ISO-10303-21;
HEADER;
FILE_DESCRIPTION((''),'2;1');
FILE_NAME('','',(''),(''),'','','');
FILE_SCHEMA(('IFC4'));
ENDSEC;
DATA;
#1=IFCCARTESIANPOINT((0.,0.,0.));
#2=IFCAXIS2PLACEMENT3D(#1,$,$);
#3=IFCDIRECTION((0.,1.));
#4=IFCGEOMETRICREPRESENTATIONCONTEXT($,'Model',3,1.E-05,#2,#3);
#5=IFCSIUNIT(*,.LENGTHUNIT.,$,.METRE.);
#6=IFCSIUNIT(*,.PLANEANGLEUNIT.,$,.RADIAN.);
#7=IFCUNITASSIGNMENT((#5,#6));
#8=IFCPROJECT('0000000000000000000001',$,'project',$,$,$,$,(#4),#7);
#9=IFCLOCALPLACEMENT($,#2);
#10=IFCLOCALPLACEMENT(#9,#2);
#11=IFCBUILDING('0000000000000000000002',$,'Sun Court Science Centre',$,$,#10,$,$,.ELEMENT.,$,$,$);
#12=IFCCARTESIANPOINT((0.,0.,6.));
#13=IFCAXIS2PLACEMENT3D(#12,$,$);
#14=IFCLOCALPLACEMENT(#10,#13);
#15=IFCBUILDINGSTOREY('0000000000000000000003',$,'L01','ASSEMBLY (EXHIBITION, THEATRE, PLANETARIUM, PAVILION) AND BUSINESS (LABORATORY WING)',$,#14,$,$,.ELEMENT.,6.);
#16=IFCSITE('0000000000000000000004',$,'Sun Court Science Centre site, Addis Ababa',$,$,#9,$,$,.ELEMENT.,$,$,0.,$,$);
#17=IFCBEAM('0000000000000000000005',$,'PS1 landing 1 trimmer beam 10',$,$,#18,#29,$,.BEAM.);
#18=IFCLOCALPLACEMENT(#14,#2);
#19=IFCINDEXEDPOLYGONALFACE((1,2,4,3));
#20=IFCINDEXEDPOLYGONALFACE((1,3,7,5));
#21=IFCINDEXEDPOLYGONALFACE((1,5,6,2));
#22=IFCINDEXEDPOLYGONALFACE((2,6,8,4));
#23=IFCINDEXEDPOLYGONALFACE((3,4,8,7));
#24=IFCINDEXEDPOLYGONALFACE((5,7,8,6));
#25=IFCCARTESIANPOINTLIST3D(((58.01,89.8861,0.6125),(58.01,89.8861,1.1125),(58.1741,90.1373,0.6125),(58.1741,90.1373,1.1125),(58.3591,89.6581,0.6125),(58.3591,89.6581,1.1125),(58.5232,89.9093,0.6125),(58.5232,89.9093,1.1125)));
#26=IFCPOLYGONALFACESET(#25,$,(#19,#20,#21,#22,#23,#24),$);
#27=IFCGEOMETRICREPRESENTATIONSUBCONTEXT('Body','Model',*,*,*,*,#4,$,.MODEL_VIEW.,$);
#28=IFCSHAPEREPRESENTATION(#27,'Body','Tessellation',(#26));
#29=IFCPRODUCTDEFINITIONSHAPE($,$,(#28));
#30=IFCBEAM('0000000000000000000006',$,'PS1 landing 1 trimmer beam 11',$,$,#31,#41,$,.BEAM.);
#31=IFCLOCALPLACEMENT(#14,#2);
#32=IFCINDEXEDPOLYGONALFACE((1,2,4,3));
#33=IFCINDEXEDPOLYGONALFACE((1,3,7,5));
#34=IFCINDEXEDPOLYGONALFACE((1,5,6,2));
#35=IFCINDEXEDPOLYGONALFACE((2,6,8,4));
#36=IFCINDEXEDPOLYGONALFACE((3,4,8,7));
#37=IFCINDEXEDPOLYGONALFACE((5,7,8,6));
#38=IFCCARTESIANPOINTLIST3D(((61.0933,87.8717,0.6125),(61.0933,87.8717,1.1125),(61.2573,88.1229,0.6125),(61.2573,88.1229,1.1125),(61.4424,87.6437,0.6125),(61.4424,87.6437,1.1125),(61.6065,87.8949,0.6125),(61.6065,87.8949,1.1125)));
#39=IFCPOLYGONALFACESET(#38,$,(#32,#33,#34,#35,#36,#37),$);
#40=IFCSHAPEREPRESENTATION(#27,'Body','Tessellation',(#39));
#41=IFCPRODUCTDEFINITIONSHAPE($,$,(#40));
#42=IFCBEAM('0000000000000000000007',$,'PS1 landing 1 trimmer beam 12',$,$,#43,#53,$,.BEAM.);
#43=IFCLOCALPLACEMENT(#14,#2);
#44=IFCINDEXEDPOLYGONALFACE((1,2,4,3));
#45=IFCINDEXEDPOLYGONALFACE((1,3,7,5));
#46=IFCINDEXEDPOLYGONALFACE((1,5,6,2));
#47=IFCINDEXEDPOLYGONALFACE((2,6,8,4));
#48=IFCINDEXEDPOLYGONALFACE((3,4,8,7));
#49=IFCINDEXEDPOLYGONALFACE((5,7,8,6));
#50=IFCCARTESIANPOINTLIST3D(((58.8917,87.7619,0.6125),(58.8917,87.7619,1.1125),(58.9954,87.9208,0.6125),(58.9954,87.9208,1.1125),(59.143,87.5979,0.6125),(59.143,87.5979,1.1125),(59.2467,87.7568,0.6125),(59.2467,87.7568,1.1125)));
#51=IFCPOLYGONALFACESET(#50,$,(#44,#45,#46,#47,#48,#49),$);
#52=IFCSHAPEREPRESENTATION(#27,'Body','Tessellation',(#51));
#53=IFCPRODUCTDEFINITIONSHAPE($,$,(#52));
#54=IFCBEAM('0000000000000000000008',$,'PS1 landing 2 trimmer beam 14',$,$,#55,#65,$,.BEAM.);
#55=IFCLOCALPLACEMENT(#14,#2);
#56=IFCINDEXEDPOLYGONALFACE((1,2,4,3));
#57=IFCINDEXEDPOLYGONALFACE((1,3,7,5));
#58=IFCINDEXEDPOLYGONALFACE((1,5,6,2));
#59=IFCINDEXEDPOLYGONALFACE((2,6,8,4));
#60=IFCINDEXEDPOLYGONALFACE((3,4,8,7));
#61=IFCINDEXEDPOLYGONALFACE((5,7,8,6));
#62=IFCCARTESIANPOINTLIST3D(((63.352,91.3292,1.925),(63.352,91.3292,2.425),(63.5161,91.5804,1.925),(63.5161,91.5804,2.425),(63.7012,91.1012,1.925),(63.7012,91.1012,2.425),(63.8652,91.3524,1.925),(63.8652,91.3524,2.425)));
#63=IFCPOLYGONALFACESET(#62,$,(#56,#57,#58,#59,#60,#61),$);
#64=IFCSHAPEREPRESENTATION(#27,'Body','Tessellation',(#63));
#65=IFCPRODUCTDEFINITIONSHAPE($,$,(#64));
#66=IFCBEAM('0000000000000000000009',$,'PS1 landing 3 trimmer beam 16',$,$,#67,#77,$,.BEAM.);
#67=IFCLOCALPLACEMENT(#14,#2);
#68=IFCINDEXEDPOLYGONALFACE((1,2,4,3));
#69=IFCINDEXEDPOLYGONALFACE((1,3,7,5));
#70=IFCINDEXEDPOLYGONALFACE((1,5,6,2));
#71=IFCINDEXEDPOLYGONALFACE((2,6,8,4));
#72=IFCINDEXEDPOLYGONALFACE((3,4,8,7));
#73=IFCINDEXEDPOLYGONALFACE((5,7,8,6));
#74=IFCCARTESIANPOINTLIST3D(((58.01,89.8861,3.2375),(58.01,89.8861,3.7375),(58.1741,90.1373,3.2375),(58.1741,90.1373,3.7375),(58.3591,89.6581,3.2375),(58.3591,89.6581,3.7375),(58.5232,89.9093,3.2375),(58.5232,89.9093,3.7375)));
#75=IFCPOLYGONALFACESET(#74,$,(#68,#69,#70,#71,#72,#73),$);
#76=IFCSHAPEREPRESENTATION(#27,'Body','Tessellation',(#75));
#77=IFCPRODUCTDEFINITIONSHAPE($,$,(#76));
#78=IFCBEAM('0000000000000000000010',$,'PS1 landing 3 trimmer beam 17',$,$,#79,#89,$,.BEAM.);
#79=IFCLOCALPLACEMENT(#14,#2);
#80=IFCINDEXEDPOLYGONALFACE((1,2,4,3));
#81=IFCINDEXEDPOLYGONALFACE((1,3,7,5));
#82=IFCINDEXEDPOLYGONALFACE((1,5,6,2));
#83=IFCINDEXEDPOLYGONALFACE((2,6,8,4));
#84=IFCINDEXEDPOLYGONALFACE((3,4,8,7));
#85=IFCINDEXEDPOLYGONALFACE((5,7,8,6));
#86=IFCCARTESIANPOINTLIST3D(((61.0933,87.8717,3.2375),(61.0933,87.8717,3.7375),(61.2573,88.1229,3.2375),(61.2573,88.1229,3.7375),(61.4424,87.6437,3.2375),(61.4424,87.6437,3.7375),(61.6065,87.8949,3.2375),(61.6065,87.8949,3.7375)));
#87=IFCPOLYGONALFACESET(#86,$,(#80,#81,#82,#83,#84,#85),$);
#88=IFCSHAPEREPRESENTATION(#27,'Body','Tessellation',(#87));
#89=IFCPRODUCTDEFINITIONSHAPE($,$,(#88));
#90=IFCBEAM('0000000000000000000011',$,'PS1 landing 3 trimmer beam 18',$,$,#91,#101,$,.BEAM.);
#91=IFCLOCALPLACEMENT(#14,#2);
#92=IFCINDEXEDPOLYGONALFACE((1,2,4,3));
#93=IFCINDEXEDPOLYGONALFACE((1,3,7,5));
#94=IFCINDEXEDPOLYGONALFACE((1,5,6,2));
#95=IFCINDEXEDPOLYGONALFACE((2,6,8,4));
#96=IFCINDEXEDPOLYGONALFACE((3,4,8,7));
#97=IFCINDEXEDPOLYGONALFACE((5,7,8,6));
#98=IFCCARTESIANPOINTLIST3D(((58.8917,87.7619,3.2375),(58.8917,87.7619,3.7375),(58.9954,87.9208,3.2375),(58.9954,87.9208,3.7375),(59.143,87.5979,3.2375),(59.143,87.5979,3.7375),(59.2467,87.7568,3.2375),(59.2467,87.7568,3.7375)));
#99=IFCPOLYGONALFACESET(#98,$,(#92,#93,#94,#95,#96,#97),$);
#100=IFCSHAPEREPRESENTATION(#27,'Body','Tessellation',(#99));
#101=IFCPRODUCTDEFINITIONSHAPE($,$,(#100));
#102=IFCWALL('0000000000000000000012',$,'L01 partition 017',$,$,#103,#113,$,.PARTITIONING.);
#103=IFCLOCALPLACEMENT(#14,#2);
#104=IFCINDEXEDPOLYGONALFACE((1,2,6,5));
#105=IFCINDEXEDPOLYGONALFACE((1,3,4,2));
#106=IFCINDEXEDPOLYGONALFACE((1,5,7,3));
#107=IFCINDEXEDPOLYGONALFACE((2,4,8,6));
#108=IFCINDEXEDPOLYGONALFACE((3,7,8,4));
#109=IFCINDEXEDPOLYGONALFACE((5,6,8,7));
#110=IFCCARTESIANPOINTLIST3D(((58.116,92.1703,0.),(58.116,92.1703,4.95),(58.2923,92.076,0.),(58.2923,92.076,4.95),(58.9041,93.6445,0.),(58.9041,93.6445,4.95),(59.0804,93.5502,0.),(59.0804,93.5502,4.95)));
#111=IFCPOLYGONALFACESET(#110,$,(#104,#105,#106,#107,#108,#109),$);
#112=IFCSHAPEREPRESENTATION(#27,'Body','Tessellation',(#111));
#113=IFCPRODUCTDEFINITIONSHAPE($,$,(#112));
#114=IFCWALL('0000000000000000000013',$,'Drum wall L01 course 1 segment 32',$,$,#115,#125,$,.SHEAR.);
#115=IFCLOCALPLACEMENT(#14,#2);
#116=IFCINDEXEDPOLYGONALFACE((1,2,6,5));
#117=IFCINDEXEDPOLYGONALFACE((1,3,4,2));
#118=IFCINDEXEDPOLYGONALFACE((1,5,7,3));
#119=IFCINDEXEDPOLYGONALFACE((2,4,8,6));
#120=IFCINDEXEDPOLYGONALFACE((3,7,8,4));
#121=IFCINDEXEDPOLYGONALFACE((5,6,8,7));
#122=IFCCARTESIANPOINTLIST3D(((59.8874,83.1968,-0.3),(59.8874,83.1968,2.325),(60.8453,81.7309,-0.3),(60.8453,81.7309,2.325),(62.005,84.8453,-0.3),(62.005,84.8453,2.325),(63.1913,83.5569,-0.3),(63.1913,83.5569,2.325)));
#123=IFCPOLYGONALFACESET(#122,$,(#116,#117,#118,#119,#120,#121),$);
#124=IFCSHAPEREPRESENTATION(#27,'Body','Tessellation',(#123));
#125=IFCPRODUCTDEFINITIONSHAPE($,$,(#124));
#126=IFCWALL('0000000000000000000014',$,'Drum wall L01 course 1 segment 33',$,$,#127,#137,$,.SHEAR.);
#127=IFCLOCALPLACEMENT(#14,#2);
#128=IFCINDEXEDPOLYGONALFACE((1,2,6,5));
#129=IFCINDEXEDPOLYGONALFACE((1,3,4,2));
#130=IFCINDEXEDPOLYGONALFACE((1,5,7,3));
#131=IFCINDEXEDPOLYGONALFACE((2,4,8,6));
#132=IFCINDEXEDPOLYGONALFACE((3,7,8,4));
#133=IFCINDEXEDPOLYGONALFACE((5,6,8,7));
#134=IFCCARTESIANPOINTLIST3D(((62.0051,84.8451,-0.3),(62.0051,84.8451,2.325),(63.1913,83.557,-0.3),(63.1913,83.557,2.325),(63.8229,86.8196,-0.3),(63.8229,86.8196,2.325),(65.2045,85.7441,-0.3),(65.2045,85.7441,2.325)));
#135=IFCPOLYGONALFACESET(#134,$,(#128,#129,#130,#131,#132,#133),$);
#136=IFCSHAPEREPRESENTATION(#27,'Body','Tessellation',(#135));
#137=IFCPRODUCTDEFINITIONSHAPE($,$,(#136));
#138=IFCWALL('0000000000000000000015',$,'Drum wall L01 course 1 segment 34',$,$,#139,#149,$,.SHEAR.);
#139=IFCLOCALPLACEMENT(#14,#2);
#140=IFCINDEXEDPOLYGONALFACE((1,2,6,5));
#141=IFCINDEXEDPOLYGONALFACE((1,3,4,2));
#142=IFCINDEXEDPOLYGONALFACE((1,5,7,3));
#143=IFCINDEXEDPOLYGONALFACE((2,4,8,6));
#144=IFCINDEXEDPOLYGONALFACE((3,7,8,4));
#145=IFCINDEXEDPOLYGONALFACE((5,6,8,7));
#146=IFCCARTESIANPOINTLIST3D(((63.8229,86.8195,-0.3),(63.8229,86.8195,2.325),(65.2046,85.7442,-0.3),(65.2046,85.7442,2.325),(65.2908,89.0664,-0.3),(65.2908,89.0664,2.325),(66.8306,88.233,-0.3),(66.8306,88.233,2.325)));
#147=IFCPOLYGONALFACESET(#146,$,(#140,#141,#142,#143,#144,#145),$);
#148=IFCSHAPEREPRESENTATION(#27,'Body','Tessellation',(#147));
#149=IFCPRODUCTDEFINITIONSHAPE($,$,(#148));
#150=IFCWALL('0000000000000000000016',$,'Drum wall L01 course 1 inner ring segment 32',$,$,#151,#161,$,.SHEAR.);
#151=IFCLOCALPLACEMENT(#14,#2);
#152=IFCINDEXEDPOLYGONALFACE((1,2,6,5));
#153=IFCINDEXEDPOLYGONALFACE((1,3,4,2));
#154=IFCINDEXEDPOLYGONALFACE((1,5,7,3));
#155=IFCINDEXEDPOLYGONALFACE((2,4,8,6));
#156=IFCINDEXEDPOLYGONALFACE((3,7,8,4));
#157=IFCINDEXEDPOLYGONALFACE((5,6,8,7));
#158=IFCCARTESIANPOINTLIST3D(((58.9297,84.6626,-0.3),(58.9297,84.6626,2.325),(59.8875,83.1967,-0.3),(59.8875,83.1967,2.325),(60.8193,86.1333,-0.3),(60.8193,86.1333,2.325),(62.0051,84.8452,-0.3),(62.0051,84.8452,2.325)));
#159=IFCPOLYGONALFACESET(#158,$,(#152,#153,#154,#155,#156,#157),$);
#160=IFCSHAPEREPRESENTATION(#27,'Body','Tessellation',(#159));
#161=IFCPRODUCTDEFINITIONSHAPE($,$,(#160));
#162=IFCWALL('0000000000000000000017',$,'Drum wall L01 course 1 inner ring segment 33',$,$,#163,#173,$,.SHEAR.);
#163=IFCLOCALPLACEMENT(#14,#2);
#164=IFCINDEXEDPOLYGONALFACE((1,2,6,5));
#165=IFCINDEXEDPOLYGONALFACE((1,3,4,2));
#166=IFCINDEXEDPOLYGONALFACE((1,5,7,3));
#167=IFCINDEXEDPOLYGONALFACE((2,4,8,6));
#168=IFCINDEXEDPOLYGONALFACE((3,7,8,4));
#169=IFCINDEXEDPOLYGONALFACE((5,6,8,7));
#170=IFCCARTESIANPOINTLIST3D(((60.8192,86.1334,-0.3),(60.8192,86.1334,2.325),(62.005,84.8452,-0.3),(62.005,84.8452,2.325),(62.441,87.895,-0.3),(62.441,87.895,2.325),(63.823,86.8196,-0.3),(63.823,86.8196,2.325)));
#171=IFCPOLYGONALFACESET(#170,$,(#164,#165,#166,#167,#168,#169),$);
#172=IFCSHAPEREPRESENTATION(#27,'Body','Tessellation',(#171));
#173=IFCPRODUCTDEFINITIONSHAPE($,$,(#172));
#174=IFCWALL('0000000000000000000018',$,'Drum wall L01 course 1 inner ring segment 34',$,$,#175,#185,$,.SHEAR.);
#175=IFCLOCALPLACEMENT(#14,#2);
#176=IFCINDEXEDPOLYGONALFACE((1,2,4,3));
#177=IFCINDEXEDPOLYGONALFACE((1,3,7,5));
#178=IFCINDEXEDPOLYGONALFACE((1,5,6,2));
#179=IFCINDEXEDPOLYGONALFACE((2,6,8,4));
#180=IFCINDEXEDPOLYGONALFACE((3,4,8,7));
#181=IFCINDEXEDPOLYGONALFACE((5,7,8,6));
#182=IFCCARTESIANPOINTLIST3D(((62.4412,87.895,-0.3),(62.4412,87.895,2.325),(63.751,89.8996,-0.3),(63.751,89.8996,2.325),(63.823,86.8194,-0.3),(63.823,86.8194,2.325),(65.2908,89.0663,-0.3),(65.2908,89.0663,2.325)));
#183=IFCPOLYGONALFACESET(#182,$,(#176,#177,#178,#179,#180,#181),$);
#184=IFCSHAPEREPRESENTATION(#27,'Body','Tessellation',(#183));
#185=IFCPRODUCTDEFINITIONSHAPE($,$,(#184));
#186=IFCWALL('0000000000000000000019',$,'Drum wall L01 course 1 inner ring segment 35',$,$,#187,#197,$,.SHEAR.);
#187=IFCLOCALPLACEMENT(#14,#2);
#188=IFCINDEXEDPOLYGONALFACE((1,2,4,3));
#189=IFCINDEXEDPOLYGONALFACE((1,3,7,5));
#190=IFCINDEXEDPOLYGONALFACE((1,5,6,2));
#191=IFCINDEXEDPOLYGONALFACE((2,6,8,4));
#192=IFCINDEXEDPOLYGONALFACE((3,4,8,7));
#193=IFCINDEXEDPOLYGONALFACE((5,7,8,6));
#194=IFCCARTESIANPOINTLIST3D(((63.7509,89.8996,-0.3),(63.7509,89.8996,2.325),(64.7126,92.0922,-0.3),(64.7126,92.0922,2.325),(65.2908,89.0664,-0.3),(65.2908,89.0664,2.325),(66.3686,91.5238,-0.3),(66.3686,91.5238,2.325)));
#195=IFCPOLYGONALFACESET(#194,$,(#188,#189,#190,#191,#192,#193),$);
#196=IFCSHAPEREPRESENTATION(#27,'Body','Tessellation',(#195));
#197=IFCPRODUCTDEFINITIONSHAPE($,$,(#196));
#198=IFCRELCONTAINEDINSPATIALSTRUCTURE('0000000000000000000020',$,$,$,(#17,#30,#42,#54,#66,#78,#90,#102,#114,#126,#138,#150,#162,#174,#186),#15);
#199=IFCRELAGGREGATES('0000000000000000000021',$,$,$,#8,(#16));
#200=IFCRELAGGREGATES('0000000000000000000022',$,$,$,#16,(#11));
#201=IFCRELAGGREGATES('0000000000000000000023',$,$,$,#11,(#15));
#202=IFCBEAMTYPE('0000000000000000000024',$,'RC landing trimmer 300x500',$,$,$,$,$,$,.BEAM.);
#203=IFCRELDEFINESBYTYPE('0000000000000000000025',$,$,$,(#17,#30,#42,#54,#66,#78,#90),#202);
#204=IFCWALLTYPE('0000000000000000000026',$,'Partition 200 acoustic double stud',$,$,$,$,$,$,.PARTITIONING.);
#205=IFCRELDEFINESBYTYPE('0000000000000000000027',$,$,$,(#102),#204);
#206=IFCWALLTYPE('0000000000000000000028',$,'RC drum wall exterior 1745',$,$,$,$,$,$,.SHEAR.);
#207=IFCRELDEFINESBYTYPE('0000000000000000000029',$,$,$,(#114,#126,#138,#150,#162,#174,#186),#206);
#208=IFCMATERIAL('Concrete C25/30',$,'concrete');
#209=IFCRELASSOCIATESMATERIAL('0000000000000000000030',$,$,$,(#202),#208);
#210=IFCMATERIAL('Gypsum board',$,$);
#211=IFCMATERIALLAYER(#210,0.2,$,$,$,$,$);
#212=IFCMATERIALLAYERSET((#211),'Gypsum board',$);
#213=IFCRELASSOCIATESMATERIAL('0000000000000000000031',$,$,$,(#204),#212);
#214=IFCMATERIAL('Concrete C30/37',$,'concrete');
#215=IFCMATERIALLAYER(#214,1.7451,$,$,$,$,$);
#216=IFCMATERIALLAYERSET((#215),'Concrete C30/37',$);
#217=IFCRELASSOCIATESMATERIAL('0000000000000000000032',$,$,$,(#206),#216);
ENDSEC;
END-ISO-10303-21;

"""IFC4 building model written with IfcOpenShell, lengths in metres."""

from ifc_helpers import new_model, si_unit, direction, frame, frame_2d, origin, origin_2d, place, context, subcontext, project, spatial, polyline, rectangle, outline, extrude, material, layer, layer_set, material_profile, profile_set, type_object, element, save


model = new_model("IFC4")

# Units and contexts
model_context = context("Model", 3, precision=1e-05, world=origin(), true_north=direction((0.0, 1.0)))
body_context = subcontext(model_context, "Body", "Model", "MODEL_VIEW")
ifc_project = project(units=[si_unit("LENGTHUNIT", "METRE"), si_unit("PLANEANGLEUNIT", "RADIAN")], contexts=[model_context])

# Site, building, storey
site_placement = place(None, origin())
site = spatial("IfcSite", under=ifc_project, at=site_placement, Name="Sun Court Science Centre site, Addis Ababa", CompositionType="ELEMENT", RefElevation=0.0)
building_placement = place(site_placement, origin())
building = spatial("IfcBuilding", under=site, at=building_placement, Name="Sun Court Science Centre", CompositionType="ELEMENT")
storey_placement = place(building_placement, frame((0.0, 0.0, 6.0)))
storey = spatial("IfcBuildingStorey", under=building, at=storey_placement, Name="L01", Description="ASSEMBLY (EXHIBITION, THEATRE, PLANETARIUM, PAVILION) AND BUSINESS (LABORATORY WING)", CompositionType="ELEMENT", Elevation=6.0)

# Beams
ifc_material_1 = material(Name="Concrete C25/30", Category="concrete")
ifc_material_profile = material_profile(ifc_material_1, rectangle(XDim=0.3, YDim=0.5, at=origin_2d()), Name="RC 300x500")
ifc_profile_set = profile_set([ifc_material_profile], Name="Concrete C25/30")
beam_type = type_object("IfcBeamType", Name="RC landing trimmer 300x500", PredefinedType="BEAM", material=ifc_profile_set)
for number, where, z_axis, x_axis, name in (
    (1, (58.092, 90.0117, 0.8625), (0.837238, -0.546839, 0.0), (0.546839, 0.837238, 0.0), "PS1 landing 1 trimmer beam 10"),
    (2, (61.5244, 87.7693, 0.8625), (-0.837238, 0.546839, 0.0), (-0.546839, -0.837238, 0.0), "PS1 landing 1 trimmer beam 11"),
):
    element("IfcBeam", number, at=place(storey_placement, frame(where, z_axis=z_axis, x_axis=x_axis)), inside=storey, type_object=beam_type, Name=name, PredefinedType="BEAM", context=body_context, shape_type="SweptSolid", body=[
        extrude(rectangle(XDim=0.3, YDim=0.5, at=origin_2d()), origin(), (0.0, 0.0, 1.0), 0.417),
    ])
beam_1_placement = place(storey_placement, frame((59.0173, 87.6799, 0.8625), z_axis=(0.54666, 0.837355, 0.0), x_axis=(-0.837355, 0.54666, 0.0)))
element("IfcBeam", 3, at=beam_1_placement, inside=storey, type_object=beam_type, Name="PS1 landing 1 trimmer beam 12", PredefinedType="BEAM", context=body_context, shape_type="SweptSolid", body=[
    extrude(rectangle(XDim=0.3, YDim=0.5, at=origin_2d()), origin(), (0.0, 0.0, 1.0), 0.1897),
])
for number, where, z_axis, x_axis, name in (
    (4, (63.7832, 91.2268, 2.175), (-0.837238, 0.546839, 0.0), (-0.546839, -0.837238, 0.0), "PS1 landing 2 trimmer beam 14"),
    (5, (58.092, 90.0117, 3.4875), (0.837238, -0.546839, 0.0), (0.546839, 0.837238, 0.0), "PS1 landing 3 trimmer beam 16"),
    (6, (61.5244, 87.7693, 3.4875), (-0.837238, 0.546839, 0.0), (-0.546839, -0.837238, 0.0), "PS1 landing 3 trimmer beam 17"),
):
    element("IfcBeam", number, at=place(storey_placement, frame(where, z_axis=z_axis, x_axis=x_axis)), inside=storey, type_object=beam_type, Name=name, PredefinedType="BEAM", context=body_context, shape_type="SweptSolid", body=[
        extrude(rectangle(XDim=0.3, YDim=0.5, at=origin_2d()), origin(), (0.0, 0.0, 1.0), 0.417),
    ])
beam_2_placement = place(storey_placement, frame((59.0173, 87.6799, 3.4875), z_axis=(0.54666, 0.837355, 0.0), x_axis=(-0.837355, 0.54666, 0.0)))
element("IfcBeam", 7, at=beam_2_placement, inside=storey, type_object=beam_type, Name="PS1 landing 3 trimmer beam 18", PredefinedType="BEAM", context=body_context, shape_type="SweptSolid", body=[
    extrude(rectangle(XDim=0.3, YDim=0.5, at=origin_2d()), origin(), (0.0, 0.0, 1.0), 0.1897),
])

# Walls
ifc_material_2 = material(Name="Gypsum board")
ifc_layer_1 = layer(ifc_material_2, 0.2)
ifc_layer_set_1 = layer_set([ifc_layer_1], Name="Gypsum board")
wall_type_1 = type_object("IfcWallType", Name="Partition 200 acoustic double stud", PredefinedType="PARTITIONING", material=ifc_layer_set_1)
wall_1_placement = place(storey_placement, frame((58.2041, 92.123, 0.0), z_axis=(0.0, 0.0, 1.0), x_axis=(0.471467, 0.881884, 0.0)))
element("IfcWall", 8, at=wall_1_placement, inside=storey, type_object=wall_type_1, Name="L01 partition 017", PredefinedType="PARTITIONING", context=body_context, shape_type="SweptSolid", body=[
    extrude(rectangle(XDim=1.6716, YDim=0.2, at=frame_2d((0.8359, 0.0))), origin(), (0.0, 0.0, 1.0), 4.95),
])
ifc_material_3 = material(Name="Concrete C30/37", Category="concrete")
ifc_layer_2 = layer(ifc_material_3, 1.7451)
ifc_layer_set_2 = layer_set([ifc_layer_2], Name="Concrete C30/37")
wall_type_2 = type_object("IfcWallType", Name="RC drum wall exterior 1745", PredefinedType="SHEAR", material=ifc_layer_set_2)
wall_2_placement = place(storey_placement, frame((60.3093, 82.4194, -0.3), z_axis=(0.0, 0.0, 1.0), x_axis=(0.78914, 0.614213, 0.0)))
element("IfcWall", 9, at=wall_2_placement, inside=storey, type_object=wall_type_2, Name="Drum wall L01 course 1 segment 32", PredefinedType="SHEAR", context=body_context, shape_type="SweptSolid", body=[
    extrude(outline(polyline([(0.0, -0.8726), (2.9729, -0.8726), (2.8281, 0.8728), (0.1445, 0.8726), (0.0, -0.8726)])), origin(), (0.0, 0.0, 1.0), 2.625),
])
wall_3_placement = place(storey_placement, frame((62.5493, 84.1479, -0.3), z_axis=(0.0, 0.0, 1.0), x_axis=(0.677307, 0.7357, 0.0)))
element("IfcWall", 10, at=wall_3_placement, inside=storey, type_object=wall_type_2, Name="Drum wall L01 course 1 segment 33", PredefinedType="SHEAR", context=body_context, shape_type="SweptSolid", body=[
    extrude(outline(polyline([(0.0, -0.8726), (2.9727, -0.8723), (2.8281, 0.8726), (0.1443, 0.8726), (0.0, -0.8726)])), origin(), (0.0, 0.0, 1.0), 2.625),
])
wall_4_placement = place(storey_placement, frame((64.4741, 86.2214, -0.3), z_axis=(0.0, 0.0, 1.0), x_axis=(0.546944, 0.837169, 0.0)))
element("IfcWall", 11, at=wall_4_placement, inside=storey, type_object=wall_type_2, Name="Drum wall L01 course 1 segment 34", PredefinedType="SHEAR", context=body_context, shape_type="SweptSolid", body=[
    extrude(outline(polyline([(0.0, -0.8726), (2.9729, -0.8726), (2.8284, 0.8723), (0.1445, 0.8723), (0.0, -0.8726)])), origin(), (0.0, 0.0, 1.0), 2.625),
])
wall_5_placement = place(storey_placement, frame((59.3516, 83.8853, -0.3), z_axis=(0.0, 0.0, 1.0), x_axis=(0.789142, 0.614211, 0.0)))
element("IfcWall", 12, at=wall_5_placement, inside=storey, type_object=wall_type_2, Name="Drum wall L01 course 1 inner ring segment 32", PredefinedType="SHEAR", context=body_context, shape_type="SweptSolid", body=[
    extrude(outline(polyline([(0.0, -0.8726), (2.6836, -0.8723), (2.5391, 0.8726), (0.1445, 0.8726), (0.0, -0.8726)])), origin(), (0.0, 0.0, 1.0), 2.625),
])
wall_6_placement = place(storey_placement, frame((61.3633, 85.436, -0.3), z_axis=(0.0, 0.0, 1.0), x_axis=(0.677301, 0.735706, 0.0)))
element("IfcWall", 13, at=wall_6_placement, inside=storey, type_object=wall_type_2, Name="Drum wall L01 course 1 inner ring segment 33", PredefinedType="SHEAR", context=body_context, shape_type="SweptSolid", body=[
    extrude(outline(polyline([(0.0, -0.8723), (2.6838, -0.8726), (2.5391, 0.8726), (0.1445, 0.8726), (0.0, -0.8723)])), origin(), (0.0, 0.0, 1.0), 2.625),
])
wall_7_placement = place(storey_placement, frame((63.0925, 87.2966, -0.3), z_axis=(0.0, 0.0, 1.0), x_axis=(0.546909, 0.837192, 0.0)))
element("IfcWall", 14, at=wall_7_placement, inside=storey, type_object=wall_type_2, Name="Drum wall L01 course 1 inner ring segment 34", PredefinedType="SHEAR", context=body_context, shape_type="SweptSolid", body=[
    extrude(outline(polyline([(0.0, -0.8726), (2.6838, -0.8726), (2.5393, 0.8723), (0.1448, 0.8726), (0.0, -0.8726)])), origin(), (0.0, 0.0, 1.0), 2.625),
])
wall_8_placement = place(storey_placement, frame((64.4917, 89.4167, -0.3), z_axis=(0.0, 0.0, 1.0), x_axis=(0.401744, 0.915752, 0.0)))
element("IfcWall", 15, at=wall_8_placement, inside=storey, type_object=wall_type_2, Name="Drum wall L01 course 1 inner ring segment 35", PredefinedType="SHEAR", context=body_context, shape_type="SweptSolid", body=[
    extrude(outline(polyline([(0.0002, -0.8726), (2.6836, -0.8723), (2.5388, 0.8726), (0.1445, 0.8723), (0.0002, -0.8726)])), origin(), (0.0, 0.0, 1.0), 2.625),
])

save(model, "model.ifc")
